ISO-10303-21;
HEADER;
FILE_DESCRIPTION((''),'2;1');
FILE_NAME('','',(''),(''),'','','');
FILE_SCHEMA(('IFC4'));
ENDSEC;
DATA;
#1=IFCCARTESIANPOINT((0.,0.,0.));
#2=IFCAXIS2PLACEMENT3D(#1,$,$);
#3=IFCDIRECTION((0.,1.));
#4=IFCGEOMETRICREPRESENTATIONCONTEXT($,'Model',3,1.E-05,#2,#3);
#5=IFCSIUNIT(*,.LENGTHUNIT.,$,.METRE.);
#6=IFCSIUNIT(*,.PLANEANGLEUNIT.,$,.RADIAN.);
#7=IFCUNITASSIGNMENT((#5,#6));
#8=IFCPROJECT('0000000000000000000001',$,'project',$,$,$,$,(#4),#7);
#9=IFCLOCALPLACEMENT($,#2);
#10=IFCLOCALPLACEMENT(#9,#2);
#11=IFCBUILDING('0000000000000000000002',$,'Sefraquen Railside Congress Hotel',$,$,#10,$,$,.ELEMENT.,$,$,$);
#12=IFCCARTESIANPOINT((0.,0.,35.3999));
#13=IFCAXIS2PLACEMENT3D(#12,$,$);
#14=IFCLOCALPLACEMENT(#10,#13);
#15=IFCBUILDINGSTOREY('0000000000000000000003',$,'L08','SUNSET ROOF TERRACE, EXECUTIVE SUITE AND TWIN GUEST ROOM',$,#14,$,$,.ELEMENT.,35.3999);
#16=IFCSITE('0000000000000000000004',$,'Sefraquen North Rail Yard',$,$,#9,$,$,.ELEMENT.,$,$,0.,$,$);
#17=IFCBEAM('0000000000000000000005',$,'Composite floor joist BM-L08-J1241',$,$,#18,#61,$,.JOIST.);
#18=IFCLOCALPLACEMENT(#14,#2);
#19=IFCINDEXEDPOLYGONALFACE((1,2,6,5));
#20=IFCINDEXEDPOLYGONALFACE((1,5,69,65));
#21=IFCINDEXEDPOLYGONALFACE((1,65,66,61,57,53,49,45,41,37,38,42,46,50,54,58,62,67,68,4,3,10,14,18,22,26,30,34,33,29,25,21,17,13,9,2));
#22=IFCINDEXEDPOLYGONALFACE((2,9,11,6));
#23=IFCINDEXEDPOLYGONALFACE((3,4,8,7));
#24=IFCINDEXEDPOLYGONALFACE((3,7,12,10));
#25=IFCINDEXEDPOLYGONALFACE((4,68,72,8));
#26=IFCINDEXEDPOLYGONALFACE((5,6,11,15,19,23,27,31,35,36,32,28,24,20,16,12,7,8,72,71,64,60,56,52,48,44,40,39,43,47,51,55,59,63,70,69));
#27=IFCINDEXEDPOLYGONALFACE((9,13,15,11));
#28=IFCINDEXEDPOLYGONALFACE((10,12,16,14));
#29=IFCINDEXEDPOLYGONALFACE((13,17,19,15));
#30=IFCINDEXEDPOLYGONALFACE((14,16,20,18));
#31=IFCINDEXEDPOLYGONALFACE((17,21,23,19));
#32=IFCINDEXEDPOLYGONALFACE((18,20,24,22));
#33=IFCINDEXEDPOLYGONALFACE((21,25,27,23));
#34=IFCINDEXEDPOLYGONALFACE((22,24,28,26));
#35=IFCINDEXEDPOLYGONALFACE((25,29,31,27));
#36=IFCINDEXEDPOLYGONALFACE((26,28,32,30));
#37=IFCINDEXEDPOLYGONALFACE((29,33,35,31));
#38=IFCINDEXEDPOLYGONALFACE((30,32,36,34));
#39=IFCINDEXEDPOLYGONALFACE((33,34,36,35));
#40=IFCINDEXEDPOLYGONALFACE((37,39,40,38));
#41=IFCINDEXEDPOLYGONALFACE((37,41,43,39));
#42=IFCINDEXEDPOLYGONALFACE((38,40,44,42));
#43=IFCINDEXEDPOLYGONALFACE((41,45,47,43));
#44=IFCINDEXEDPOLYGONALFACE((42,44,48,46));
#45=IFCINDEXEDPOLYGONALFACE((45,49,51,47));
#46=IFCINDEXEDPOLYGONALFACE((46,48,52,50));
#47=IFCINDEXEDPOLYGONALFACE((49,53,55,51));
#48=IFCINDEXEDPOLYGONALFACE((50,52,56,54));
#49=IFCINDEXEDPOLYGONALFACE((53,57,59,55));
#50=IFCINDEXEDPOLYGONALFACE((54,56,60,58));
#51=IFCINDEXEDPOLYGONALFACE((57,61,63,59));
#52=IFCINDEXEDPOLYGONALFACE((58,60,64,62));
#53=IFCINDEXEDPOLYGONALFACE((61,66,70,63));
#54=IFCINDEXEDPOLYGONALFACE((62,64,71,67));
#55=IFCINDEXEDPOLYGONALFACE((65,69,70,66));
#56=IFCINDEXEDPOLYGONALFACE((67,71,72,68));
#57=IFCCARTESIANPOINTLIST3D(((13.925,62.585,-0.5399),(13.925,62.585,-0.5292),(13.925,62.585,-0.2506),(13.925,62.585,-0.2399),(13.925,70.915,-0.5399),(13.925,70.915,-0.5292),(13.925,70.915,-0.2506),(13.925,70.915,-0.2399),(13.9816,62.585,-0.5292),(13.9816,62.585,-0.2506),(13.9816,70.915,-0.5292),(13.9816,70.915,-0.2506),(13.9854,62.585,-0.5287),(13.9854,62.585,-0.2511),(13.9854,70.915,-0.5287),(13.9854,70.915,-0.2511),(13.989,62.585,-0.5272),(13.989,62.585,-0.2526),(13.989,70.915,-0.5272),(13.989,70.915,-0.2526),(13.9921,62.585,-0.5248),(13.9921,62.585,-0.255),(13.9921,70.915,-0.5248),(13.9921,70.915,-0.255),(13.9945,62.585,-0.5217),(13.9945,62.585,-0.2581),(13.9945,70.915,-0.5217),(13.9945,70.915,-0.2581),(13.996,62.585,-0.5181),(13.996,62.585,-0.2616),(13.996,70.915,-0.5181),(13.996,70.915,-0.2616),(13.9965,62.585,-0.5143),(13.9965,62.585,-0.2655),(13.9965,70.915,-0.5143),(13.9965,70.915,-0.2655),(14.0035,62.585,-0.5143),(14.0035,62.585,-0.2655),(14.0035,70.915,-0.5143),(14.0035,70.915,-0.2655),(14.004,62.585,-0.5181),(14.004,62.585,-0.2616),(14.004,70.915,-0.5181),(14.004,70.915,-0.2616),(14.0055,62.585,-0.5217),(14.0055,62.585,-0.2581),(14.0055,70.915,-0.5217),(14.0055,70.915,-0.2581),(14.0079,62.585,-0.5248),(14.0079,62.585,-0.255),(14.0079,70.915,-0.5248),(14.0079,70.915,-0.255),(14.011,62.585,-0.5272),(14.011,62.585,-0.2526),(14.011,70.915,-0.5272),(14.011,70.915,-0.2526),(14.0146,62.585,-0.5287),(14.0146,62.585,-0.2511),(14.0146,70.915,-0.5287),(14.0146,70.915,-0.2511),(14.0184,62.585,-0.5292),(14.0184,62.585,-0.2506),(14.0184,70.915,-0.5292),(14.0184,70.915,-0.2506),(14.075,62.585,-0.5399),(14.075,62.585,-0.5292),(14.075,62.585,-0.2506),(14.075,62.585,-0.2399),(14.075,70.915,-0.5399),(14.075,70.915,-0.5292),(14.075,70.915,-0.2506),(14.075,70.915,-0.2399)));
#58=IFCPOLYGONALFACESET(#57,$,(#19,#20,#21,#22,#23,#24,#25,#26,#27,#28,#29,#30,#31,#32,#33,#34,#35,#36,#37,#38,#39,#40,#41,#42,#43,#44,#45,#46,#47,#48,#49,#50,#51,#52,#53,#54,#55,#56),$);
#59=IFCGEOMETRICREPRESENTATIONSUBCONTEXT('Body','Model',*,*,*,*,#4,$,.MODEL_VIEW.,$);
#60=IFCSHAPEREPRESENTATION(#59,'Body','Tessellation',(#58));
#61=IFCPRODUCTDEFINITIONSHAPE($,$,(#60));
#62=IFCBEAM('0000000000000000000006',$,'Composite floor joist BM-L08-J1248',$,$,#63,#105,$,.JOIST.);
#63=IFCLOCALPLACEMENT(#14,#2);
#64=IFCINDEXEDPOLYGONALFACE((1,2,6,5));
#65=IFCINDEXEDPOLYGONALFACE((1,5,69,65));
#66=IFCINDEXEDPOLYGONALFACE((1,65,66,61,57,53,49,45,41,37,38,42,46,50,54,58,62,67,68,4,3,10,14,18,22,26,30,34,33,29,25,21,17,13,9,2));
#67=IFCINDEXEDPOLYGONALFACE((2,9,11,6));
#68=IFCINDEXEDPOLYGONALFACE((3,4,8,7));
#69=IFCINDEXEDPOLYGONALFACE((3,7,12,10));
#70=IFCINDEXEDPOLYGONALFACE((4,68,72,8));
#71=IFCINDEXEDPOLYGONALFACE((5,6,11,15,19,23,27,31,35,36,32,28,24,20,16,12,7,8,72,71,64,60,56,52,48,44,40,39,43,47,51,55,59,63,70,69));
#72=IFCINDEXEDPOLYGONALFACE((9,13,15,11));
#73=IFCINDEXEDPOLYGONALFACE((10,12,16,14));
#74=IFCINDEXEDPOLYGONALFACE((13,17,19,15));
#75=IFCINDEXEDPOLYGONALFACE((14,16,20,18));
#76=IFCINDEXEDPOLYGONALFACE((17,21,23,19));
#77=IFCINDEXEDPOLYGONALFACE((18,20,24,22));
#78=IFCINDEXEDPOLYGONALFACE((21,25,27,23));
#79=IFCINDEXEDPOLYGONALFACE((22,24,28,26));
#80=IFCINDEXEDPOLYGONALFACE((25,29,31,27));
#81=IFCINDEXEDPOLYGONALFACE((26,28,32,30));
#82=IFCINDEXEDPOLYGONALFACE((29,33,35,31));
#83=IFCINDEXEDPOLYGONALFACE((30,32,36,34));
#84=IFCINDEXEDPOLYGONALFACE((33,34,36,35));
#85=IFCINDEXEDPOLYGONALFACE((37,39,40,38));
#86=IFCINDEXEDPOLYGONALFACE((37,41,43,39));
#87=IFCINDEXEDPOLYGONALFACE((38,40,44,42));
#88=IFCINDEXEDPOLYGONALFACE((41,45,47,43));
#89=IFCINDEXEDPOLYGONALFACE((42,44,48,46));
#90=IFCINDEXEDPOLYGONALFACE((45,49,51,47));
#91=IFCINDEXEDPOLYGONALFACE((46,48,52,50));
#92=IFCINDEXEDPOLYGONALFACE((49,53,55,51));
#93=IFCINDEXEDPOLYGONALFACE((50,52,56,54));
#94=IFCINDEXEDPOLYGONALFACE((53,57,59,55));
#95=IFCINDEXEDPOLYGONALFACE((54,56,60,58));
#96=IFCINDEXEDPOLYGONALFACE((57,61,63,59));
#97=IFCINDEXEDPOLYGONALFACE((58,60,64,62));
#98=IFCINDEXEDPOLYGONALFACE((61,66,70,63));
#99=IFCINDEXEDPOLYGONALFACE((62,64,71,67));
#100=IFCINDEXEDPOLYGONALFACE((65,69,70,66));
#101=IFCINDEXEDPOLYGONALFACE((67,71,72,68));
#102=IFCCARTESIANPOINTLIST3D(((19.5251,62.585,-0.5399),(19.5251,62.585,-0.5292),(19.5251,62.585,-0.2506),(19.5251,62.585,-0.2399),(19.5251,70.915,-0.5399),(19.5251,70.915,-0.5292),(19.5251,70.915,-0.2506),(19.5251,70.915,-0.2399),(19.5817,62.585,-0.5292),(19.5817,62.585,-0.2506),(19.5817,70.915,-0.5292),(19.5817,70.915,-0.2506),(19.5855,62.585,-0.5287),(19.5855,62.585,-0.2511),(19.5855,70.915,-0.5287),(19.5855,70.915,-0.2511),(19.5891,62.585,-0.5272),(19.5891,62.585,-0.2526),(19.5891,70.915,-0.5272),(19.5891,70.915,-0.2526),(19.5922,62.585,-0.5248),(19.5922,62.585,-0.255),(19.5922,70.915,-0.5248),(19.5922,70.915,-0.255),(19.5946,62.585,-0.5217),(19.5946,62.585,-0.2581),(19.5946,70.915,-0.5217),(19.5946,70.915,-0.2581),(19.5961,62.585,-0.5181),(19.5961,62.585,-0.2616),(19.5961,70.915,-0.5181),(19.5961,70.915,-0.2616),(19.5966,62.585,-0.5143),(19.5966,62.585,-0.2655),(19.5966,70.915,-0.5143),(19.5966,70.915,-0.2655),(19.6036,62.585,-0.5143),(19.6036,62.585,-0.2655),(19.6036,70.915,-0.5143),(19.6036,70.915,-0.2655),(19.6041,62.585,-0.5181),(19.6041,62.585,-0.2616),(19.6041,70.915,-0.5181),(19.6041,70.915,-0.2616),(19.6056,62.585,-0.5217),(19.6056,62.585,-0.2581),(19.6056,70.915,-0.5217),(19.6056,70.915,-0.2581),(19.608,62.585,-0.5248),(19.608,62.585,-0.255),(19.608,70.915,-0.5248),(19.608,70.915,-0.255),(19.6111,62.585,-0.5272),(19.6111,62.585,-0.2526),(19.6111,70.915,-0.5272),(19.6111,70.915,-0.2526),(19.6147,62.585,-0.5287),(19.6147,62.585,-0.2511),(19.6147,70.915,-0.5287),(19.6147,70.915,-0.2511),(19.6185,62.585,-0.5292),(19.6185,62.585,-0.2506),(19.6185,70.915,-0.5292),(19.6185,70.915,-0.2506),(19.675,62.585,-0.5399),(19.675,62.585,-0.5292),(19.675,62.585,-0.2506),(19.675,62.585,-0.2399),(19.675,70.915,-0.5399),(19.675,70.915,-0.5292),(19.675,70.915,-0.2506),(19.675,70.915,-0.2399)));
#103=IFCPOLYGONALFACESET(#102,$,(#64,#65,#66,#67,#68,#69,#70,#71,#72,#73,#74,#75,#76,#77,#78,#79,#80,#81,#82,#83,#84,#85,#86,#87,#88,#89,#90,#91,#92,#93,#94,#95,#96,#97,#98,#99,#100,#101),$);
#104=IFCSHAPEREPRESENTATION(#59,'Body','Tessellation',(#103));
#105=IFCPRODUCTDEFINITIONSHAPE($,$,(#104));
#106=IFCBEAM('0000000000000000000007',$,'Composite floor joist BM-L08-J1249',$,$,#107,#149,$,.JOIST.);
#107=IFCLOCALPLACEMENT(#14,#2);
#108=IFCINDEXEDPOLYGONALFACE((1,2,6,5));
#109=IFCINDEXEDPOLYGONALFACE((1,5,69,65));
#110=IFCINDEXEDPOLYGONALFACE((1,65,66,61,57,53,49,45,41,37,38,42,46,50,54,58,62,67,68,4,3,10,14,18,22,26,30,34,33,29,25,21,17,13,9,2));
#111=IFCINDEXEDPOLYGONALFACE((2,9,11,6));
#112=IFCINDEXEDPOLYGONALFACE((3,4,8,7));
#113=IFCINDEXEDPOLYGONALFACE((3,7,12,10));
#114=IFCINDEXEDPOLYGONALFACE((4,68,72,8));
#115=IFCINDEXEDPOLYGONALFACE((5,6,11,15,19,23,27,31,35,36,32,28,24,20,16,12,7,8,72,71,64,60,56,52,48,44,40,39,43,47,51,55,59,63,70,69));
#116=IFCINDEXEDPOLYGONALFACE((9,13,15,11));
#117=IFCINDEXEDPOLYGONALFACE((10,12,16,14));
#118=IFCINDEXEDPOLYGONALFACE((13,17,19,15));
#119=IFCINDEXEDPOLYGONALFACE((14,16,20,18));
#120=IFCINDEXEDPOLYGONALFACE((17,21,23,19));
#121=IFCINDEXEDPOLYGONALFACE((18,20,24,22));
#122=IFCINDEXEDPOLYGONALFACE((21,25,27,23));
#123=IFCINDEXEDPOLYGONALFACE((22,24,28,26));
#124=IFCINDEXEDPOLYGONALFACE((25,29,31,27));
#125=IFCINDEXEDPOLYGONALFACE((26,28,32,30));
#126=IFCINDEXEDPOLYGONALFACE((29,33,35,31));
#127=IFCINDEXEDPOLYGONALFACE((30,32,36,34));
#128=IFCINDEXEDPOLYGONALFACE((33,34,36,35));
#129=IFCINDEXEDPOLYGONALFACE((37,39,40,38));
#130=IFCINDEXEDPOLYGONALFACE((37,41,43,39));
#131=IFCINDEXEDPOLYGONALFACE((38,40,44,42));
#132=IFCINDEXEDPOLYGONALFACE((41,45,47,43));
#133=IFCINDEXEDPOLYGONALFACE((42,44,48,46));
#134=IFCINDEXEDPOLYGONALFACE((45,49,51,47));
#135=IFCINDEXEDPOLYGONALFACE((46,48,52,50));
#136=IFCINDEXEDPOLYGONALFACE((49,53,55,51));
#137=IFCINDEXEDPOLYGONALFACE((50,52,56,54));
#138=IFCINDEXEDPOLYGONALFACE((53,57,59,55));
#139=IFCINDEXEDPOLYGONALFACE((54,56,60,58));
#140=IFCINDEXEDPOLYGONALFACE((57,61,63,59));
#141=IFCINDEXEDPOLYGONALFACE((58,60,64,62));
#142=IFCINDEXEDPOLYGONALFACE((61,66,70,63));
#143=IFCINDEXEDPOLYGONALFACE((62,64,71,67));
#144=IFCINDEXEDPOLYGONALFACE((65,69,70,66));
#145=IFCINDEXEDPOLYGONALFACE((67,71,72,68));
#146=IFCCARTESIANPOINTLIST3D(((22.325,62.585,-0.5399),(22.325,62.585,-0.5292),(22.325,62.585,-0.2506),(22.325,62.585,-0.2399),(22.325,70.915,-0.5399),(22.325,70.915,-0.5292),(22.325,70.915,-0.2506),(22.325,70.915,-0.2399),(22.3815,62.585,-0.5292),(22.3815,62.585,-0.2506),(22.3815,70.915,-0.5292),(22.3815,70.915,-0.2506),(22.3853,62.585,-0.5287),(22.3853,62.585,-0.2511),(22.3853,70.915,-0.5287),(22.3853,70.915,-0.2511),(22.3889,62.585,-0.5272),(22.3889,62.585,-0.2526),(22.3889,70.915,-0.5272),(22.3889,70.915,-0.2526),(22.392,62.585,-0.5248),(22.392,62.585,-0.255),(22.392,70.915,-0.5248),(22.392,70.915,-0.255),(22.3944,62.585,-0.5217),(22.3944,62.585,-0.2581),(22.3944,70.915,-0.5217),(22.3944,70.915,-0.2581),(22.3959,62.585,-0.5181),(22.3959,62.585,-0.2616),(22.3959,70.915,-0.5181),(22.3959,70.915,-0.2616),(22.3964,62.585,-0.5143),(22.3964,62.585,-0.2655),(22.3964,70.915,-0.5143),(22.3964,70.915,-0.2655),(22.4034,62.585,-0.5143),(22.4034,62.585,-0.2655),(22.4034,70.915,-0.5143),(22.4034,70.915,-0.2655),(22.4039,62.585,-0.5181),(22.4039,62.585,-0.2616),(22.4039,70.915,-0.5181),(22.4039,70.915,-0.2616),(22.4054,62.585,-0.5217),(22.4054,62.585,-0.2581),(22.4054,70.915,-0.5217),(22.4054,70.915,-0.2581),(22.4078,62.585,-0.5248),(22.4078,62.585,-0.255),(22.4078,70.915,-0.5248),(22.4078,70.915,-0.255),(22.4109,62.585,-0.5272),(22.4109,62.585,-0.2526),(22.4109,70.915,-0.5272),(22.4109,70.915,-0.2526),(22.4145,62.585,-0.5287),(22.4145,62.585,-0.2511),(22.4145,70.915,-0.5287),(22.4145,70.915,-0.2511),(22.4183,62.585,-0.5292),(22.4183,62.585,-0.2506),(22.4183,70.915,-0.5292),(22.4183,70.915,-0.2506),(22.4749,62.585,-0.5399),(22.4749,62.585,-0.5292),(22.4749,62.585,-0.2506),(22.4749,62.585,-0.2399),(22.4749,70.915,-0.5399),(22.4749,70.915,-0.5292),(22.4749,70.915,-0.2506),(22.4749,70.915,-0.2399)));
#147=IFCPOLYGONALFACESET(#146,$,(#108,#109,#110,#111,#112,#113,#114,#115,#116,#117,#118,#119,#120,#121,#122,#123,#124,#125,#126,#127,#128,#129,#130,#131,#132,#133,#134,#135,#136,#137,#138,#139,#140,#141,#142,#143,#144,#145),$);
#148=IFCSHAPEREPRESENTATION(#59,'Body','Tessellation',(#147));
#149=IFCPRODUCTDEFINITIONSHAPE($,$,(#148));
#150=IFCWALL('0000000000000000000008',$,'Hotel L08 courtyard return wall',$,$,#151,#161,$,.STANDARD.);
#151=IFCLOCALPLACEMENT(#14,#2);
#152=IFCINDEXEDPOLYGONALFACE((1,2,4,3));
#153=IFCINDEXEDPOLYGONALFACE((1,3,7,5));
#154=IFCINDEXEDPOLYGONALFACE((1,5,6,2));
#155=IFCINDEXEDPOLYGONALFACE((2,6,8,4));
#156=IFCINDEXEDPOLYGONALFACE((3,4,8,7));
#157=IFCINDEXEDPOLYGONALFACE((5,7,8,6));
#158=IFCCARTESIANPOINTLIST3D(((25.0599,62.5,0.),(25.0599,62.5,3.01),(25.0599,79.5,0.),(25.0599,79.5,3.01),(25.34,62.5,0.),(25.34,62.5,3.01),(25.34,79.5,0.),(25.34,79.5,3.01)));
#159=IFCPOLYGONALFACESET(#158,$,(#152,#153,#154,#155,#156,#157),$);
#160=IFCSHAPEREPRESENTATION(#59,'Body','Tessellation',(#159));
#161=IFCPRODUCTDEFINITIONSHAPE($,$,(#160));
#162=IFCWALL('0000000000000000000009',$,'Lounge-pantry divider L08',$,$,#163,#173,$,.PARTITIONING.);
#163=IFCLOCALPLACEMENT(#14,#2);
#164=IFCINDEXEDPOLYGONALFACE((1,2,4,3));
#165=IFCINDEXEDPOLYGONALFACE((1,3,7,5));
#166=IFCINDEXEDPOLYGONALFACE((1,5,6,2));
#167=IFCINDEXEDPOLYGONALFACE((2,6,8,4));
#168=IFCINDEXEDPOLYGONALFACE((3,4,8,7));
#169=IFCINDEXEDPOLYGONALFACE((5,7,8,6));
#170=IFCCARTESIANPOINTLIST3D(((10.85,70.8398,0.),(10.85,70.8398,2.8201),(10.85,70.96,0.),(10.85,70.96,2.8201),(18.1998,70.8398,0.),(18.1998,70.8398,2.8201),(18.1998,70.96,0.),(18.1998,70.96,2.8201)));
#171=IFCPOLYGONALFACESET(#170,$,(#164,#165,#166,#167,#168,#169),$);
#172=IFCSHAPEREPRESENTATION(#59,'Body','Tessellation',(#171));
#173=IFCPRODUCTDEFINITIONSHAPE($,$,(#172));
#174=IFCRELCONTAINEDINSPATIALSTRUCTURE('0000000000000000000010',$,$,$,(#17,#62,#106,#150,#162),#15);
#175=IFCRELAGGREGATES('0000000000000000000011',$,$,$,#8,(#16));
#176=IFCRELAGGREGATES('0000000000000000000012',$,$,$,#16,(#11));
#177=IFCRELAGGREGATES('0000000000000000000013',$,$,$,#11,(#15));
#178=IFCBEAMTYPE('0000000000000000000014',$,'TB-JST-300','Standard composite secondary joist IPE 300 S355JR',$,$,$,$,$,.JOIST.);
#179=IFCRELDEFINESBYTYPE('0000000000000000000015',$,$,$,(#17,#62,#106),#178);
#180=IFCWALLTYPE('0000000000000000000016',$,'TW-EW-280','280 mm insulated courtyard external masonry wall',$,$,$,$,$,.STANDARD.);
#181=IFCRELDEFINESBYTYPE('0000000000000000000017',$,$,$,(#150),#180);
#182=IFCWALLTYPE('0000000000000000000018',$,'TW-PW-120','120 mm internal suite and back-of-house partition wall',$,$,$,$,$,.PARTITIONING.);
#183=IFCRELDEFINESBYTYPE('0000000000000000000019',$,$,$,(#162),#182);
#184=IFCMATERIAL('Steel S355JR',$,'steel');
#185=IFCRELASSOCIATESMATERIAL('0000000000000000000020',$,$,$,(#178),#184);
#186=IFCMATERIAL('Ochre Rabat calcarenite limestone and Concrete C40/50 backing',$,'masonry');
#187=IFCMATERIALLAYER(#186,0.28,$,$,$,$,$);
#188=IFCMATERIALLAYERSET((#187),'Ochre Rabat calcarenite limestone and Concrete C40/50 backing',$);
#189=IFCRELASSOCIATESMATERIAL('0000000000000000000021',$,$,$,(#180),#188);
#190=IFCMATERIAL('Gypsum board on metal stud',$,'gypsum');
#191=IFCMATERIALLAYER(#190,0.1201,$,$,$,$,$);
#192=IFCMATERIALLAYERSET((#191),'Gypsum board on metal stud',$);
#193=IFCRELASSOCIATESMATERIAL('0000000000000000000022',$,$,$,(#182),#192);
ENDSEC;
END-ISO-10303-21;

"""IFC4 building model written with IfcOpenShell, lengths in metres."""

from ifc_helpers import new_model, si_unit, direction, frame, frame_2d, origin, origin_2d, place, context, subcontext, project, spatial, rectangle, i_section, extrude, material, layer, layer_set, material_profile, profile_set, type_object, element, save


model = new_model("IFC4")

# Units and contexts
model_context = context("Model", 3, precision=1e-05, world=origin(), true_north=direction((0.0, 1.0)))
body_context = subcontext(model_context, "Body", "Model", "MODEL_VIEW")
ifc_project = project(units=[si_unit("LENGTHUNIT", "METRE"), si_unit("PLANEANGLEUNIT", "RADIAN")], contexts=[model_context])

# Site, building, storey
site_placement = place(None, origin())
site = spatial("IfcSite", under=ifc_project, at=site_placement, Name="Sefraquen North Rail Yard", CompositionType="ELEMENT", RefElevation=0.0)
building_placement = place(site_placement, origin())
building = spatial("IfcBuilding", under=site, at=building_placement, Name="Sefraquen Railside Congress Hotel", CompositionType="ELEMENT")
storey_placement = place(building_placement, frame((0.0, 0.0, 35.3999)))
storey = spatial("IfcBuildingStorey", under=building, at=storey_placement, Name="L08", Description="SUNSET ROOF TERRACE, EXECUTIVE SUITE AND TWIN GUEST ROOM", CompositionType="ELEMENT", Elevation=35.3999)

# Shared definitions
ifc_material_1 = material(Name="Steel S355JR", Category="steel")

# Beams
ifc_material_profile_1 = material_profile(ifc_material_1, i_section(OverallWidth=0.1499, OverallDepth=0.3, WebThickness=0.0071, FlangeThickness=0.0107, FilletRadius=0.0149, at=origin_2d()), Name="IPE 300")
ifc_profile_set_1 = profile_set([ifc_material_profile_1], Name="Steel S355JR")
beam_type_1 = type_object("IfcBeamType", Name="TB-JST-300", Description="Standard composite secondary joist IPE 300 S355JR", PredefinedType="JOIST", material=ifc_profile_set_1)
for number, where, z_axis, x_axis, name in (
    (1, (14.0, 62.585, -0.3899), (0.0, 1.0, 0.0), (-1.0, 0.0, 0.0), "Composite floor joist BM-L08-J1241"),
    (2, (19.6001, 62.585, -0.3899), (0.0, 1.0, 0.0), (-1.0, 0.0, 0.0), "Composite floor joist BM-L08-J1248"),
    (3, (22.3999, 62.585, -0.3899), (0.0, 1.0, 0.0), (-1.0, 0.0, 0.0), "Composite floor joist BM-L08-J1249"),
):
    element("IfcBeam", number, at=place(storey_placement, frame(where, z_axis=z_axis, x_axis=x_axis)), inside=storey, type_object=beam_type_1, Name=name, PredefinedType="JOIST", context=body_context, shape_type="SweptSolid", body=[
        extrude(i_section(OverallWidth=0.1499, OverallDepth=0.3, WebThickness=0.0071, FlangeThickness=0.0107, FilletRadius=0.0149, at=origin_2d()), origin(), (0.0, 0.0, 1.0), 8.3301),
    ])

# Walls
ifc_material_2 = material(Name="Ochre Rabat calcarenite limestone and Concrete C40/50 backing", Category="masonry")
ifc_layer_1 = layer(ifc_material_2, 0.28)
ifc_layer_set_1 = layer_set([ifc_layer_1], Name="Ochre Rabat calcarenite limestone and Concrete C40/50 backing")
wall_type_1 = type_object("IfcWallType", Name="TW-EW-280", Description="280 mm insulated courtyard external masonry wall", PredefinedType="STANDARD", material=ifc_layer_set_1)
wall_1_placement = place(storey_placement, frame((25.2, 62.5, 0.0), z_axis=(0.0, 0.0, 1.0), x_axis=(0.0, 1.0, 0.0)))
element("IfcWall", 4, at=wall_1_placement, inside=storey, type_object=wall_type_1, Name="Hotel L08 courtyard return wall", PredefinedType="STANDARD", context=body_context, shape_type="SweptSolid", body=[
    extrude(rectangle(XDim=17.0, YDim=0.28, at=frame_2d((8.5, 0.0))), origin(), (0.0, 0.0, 1.0), 3.01),
])
ifc_material_3 = material(Name="Gypsum board on metal stud", Category="gypsum")
ifc_layer_2 = layer(ifc_material_3, 0.1201)
ifc_layer_set_2 = layer_set([ifc_layer_2], Name="Gypsum board on metal stud")
wall_type_2 = type_object("IfcWallType", Name="TW-PW-120", Description="120 mm internal suite and back-of-house partition wall", PredefinedType="PARTITIONING", material=ifc_layer_set_2)
wall_2_placement = place(storey_placement, frame((10.8501, 70.8999, 0.0), z_axis=(0.0, 0.0, 1.0), x_axis=(1.0, 0.0, 0.0)))
element("IfcWall", 5, at=wall_2_placement, inside=storey, type_object=wall_type_2, Name="Lounge-pantry divider L08", PredefinedType="PARTITIONING", context=body_context, shape_type="SweptSolid", body=[
    extrude(rectangle(XDim=7.3499, YDim=0.1201, at=frame_2d((3.6748, 0.0))), origin(), (0.0, 0.0, 1.0), 2.8201),
])

save(model, "model.ifc")
